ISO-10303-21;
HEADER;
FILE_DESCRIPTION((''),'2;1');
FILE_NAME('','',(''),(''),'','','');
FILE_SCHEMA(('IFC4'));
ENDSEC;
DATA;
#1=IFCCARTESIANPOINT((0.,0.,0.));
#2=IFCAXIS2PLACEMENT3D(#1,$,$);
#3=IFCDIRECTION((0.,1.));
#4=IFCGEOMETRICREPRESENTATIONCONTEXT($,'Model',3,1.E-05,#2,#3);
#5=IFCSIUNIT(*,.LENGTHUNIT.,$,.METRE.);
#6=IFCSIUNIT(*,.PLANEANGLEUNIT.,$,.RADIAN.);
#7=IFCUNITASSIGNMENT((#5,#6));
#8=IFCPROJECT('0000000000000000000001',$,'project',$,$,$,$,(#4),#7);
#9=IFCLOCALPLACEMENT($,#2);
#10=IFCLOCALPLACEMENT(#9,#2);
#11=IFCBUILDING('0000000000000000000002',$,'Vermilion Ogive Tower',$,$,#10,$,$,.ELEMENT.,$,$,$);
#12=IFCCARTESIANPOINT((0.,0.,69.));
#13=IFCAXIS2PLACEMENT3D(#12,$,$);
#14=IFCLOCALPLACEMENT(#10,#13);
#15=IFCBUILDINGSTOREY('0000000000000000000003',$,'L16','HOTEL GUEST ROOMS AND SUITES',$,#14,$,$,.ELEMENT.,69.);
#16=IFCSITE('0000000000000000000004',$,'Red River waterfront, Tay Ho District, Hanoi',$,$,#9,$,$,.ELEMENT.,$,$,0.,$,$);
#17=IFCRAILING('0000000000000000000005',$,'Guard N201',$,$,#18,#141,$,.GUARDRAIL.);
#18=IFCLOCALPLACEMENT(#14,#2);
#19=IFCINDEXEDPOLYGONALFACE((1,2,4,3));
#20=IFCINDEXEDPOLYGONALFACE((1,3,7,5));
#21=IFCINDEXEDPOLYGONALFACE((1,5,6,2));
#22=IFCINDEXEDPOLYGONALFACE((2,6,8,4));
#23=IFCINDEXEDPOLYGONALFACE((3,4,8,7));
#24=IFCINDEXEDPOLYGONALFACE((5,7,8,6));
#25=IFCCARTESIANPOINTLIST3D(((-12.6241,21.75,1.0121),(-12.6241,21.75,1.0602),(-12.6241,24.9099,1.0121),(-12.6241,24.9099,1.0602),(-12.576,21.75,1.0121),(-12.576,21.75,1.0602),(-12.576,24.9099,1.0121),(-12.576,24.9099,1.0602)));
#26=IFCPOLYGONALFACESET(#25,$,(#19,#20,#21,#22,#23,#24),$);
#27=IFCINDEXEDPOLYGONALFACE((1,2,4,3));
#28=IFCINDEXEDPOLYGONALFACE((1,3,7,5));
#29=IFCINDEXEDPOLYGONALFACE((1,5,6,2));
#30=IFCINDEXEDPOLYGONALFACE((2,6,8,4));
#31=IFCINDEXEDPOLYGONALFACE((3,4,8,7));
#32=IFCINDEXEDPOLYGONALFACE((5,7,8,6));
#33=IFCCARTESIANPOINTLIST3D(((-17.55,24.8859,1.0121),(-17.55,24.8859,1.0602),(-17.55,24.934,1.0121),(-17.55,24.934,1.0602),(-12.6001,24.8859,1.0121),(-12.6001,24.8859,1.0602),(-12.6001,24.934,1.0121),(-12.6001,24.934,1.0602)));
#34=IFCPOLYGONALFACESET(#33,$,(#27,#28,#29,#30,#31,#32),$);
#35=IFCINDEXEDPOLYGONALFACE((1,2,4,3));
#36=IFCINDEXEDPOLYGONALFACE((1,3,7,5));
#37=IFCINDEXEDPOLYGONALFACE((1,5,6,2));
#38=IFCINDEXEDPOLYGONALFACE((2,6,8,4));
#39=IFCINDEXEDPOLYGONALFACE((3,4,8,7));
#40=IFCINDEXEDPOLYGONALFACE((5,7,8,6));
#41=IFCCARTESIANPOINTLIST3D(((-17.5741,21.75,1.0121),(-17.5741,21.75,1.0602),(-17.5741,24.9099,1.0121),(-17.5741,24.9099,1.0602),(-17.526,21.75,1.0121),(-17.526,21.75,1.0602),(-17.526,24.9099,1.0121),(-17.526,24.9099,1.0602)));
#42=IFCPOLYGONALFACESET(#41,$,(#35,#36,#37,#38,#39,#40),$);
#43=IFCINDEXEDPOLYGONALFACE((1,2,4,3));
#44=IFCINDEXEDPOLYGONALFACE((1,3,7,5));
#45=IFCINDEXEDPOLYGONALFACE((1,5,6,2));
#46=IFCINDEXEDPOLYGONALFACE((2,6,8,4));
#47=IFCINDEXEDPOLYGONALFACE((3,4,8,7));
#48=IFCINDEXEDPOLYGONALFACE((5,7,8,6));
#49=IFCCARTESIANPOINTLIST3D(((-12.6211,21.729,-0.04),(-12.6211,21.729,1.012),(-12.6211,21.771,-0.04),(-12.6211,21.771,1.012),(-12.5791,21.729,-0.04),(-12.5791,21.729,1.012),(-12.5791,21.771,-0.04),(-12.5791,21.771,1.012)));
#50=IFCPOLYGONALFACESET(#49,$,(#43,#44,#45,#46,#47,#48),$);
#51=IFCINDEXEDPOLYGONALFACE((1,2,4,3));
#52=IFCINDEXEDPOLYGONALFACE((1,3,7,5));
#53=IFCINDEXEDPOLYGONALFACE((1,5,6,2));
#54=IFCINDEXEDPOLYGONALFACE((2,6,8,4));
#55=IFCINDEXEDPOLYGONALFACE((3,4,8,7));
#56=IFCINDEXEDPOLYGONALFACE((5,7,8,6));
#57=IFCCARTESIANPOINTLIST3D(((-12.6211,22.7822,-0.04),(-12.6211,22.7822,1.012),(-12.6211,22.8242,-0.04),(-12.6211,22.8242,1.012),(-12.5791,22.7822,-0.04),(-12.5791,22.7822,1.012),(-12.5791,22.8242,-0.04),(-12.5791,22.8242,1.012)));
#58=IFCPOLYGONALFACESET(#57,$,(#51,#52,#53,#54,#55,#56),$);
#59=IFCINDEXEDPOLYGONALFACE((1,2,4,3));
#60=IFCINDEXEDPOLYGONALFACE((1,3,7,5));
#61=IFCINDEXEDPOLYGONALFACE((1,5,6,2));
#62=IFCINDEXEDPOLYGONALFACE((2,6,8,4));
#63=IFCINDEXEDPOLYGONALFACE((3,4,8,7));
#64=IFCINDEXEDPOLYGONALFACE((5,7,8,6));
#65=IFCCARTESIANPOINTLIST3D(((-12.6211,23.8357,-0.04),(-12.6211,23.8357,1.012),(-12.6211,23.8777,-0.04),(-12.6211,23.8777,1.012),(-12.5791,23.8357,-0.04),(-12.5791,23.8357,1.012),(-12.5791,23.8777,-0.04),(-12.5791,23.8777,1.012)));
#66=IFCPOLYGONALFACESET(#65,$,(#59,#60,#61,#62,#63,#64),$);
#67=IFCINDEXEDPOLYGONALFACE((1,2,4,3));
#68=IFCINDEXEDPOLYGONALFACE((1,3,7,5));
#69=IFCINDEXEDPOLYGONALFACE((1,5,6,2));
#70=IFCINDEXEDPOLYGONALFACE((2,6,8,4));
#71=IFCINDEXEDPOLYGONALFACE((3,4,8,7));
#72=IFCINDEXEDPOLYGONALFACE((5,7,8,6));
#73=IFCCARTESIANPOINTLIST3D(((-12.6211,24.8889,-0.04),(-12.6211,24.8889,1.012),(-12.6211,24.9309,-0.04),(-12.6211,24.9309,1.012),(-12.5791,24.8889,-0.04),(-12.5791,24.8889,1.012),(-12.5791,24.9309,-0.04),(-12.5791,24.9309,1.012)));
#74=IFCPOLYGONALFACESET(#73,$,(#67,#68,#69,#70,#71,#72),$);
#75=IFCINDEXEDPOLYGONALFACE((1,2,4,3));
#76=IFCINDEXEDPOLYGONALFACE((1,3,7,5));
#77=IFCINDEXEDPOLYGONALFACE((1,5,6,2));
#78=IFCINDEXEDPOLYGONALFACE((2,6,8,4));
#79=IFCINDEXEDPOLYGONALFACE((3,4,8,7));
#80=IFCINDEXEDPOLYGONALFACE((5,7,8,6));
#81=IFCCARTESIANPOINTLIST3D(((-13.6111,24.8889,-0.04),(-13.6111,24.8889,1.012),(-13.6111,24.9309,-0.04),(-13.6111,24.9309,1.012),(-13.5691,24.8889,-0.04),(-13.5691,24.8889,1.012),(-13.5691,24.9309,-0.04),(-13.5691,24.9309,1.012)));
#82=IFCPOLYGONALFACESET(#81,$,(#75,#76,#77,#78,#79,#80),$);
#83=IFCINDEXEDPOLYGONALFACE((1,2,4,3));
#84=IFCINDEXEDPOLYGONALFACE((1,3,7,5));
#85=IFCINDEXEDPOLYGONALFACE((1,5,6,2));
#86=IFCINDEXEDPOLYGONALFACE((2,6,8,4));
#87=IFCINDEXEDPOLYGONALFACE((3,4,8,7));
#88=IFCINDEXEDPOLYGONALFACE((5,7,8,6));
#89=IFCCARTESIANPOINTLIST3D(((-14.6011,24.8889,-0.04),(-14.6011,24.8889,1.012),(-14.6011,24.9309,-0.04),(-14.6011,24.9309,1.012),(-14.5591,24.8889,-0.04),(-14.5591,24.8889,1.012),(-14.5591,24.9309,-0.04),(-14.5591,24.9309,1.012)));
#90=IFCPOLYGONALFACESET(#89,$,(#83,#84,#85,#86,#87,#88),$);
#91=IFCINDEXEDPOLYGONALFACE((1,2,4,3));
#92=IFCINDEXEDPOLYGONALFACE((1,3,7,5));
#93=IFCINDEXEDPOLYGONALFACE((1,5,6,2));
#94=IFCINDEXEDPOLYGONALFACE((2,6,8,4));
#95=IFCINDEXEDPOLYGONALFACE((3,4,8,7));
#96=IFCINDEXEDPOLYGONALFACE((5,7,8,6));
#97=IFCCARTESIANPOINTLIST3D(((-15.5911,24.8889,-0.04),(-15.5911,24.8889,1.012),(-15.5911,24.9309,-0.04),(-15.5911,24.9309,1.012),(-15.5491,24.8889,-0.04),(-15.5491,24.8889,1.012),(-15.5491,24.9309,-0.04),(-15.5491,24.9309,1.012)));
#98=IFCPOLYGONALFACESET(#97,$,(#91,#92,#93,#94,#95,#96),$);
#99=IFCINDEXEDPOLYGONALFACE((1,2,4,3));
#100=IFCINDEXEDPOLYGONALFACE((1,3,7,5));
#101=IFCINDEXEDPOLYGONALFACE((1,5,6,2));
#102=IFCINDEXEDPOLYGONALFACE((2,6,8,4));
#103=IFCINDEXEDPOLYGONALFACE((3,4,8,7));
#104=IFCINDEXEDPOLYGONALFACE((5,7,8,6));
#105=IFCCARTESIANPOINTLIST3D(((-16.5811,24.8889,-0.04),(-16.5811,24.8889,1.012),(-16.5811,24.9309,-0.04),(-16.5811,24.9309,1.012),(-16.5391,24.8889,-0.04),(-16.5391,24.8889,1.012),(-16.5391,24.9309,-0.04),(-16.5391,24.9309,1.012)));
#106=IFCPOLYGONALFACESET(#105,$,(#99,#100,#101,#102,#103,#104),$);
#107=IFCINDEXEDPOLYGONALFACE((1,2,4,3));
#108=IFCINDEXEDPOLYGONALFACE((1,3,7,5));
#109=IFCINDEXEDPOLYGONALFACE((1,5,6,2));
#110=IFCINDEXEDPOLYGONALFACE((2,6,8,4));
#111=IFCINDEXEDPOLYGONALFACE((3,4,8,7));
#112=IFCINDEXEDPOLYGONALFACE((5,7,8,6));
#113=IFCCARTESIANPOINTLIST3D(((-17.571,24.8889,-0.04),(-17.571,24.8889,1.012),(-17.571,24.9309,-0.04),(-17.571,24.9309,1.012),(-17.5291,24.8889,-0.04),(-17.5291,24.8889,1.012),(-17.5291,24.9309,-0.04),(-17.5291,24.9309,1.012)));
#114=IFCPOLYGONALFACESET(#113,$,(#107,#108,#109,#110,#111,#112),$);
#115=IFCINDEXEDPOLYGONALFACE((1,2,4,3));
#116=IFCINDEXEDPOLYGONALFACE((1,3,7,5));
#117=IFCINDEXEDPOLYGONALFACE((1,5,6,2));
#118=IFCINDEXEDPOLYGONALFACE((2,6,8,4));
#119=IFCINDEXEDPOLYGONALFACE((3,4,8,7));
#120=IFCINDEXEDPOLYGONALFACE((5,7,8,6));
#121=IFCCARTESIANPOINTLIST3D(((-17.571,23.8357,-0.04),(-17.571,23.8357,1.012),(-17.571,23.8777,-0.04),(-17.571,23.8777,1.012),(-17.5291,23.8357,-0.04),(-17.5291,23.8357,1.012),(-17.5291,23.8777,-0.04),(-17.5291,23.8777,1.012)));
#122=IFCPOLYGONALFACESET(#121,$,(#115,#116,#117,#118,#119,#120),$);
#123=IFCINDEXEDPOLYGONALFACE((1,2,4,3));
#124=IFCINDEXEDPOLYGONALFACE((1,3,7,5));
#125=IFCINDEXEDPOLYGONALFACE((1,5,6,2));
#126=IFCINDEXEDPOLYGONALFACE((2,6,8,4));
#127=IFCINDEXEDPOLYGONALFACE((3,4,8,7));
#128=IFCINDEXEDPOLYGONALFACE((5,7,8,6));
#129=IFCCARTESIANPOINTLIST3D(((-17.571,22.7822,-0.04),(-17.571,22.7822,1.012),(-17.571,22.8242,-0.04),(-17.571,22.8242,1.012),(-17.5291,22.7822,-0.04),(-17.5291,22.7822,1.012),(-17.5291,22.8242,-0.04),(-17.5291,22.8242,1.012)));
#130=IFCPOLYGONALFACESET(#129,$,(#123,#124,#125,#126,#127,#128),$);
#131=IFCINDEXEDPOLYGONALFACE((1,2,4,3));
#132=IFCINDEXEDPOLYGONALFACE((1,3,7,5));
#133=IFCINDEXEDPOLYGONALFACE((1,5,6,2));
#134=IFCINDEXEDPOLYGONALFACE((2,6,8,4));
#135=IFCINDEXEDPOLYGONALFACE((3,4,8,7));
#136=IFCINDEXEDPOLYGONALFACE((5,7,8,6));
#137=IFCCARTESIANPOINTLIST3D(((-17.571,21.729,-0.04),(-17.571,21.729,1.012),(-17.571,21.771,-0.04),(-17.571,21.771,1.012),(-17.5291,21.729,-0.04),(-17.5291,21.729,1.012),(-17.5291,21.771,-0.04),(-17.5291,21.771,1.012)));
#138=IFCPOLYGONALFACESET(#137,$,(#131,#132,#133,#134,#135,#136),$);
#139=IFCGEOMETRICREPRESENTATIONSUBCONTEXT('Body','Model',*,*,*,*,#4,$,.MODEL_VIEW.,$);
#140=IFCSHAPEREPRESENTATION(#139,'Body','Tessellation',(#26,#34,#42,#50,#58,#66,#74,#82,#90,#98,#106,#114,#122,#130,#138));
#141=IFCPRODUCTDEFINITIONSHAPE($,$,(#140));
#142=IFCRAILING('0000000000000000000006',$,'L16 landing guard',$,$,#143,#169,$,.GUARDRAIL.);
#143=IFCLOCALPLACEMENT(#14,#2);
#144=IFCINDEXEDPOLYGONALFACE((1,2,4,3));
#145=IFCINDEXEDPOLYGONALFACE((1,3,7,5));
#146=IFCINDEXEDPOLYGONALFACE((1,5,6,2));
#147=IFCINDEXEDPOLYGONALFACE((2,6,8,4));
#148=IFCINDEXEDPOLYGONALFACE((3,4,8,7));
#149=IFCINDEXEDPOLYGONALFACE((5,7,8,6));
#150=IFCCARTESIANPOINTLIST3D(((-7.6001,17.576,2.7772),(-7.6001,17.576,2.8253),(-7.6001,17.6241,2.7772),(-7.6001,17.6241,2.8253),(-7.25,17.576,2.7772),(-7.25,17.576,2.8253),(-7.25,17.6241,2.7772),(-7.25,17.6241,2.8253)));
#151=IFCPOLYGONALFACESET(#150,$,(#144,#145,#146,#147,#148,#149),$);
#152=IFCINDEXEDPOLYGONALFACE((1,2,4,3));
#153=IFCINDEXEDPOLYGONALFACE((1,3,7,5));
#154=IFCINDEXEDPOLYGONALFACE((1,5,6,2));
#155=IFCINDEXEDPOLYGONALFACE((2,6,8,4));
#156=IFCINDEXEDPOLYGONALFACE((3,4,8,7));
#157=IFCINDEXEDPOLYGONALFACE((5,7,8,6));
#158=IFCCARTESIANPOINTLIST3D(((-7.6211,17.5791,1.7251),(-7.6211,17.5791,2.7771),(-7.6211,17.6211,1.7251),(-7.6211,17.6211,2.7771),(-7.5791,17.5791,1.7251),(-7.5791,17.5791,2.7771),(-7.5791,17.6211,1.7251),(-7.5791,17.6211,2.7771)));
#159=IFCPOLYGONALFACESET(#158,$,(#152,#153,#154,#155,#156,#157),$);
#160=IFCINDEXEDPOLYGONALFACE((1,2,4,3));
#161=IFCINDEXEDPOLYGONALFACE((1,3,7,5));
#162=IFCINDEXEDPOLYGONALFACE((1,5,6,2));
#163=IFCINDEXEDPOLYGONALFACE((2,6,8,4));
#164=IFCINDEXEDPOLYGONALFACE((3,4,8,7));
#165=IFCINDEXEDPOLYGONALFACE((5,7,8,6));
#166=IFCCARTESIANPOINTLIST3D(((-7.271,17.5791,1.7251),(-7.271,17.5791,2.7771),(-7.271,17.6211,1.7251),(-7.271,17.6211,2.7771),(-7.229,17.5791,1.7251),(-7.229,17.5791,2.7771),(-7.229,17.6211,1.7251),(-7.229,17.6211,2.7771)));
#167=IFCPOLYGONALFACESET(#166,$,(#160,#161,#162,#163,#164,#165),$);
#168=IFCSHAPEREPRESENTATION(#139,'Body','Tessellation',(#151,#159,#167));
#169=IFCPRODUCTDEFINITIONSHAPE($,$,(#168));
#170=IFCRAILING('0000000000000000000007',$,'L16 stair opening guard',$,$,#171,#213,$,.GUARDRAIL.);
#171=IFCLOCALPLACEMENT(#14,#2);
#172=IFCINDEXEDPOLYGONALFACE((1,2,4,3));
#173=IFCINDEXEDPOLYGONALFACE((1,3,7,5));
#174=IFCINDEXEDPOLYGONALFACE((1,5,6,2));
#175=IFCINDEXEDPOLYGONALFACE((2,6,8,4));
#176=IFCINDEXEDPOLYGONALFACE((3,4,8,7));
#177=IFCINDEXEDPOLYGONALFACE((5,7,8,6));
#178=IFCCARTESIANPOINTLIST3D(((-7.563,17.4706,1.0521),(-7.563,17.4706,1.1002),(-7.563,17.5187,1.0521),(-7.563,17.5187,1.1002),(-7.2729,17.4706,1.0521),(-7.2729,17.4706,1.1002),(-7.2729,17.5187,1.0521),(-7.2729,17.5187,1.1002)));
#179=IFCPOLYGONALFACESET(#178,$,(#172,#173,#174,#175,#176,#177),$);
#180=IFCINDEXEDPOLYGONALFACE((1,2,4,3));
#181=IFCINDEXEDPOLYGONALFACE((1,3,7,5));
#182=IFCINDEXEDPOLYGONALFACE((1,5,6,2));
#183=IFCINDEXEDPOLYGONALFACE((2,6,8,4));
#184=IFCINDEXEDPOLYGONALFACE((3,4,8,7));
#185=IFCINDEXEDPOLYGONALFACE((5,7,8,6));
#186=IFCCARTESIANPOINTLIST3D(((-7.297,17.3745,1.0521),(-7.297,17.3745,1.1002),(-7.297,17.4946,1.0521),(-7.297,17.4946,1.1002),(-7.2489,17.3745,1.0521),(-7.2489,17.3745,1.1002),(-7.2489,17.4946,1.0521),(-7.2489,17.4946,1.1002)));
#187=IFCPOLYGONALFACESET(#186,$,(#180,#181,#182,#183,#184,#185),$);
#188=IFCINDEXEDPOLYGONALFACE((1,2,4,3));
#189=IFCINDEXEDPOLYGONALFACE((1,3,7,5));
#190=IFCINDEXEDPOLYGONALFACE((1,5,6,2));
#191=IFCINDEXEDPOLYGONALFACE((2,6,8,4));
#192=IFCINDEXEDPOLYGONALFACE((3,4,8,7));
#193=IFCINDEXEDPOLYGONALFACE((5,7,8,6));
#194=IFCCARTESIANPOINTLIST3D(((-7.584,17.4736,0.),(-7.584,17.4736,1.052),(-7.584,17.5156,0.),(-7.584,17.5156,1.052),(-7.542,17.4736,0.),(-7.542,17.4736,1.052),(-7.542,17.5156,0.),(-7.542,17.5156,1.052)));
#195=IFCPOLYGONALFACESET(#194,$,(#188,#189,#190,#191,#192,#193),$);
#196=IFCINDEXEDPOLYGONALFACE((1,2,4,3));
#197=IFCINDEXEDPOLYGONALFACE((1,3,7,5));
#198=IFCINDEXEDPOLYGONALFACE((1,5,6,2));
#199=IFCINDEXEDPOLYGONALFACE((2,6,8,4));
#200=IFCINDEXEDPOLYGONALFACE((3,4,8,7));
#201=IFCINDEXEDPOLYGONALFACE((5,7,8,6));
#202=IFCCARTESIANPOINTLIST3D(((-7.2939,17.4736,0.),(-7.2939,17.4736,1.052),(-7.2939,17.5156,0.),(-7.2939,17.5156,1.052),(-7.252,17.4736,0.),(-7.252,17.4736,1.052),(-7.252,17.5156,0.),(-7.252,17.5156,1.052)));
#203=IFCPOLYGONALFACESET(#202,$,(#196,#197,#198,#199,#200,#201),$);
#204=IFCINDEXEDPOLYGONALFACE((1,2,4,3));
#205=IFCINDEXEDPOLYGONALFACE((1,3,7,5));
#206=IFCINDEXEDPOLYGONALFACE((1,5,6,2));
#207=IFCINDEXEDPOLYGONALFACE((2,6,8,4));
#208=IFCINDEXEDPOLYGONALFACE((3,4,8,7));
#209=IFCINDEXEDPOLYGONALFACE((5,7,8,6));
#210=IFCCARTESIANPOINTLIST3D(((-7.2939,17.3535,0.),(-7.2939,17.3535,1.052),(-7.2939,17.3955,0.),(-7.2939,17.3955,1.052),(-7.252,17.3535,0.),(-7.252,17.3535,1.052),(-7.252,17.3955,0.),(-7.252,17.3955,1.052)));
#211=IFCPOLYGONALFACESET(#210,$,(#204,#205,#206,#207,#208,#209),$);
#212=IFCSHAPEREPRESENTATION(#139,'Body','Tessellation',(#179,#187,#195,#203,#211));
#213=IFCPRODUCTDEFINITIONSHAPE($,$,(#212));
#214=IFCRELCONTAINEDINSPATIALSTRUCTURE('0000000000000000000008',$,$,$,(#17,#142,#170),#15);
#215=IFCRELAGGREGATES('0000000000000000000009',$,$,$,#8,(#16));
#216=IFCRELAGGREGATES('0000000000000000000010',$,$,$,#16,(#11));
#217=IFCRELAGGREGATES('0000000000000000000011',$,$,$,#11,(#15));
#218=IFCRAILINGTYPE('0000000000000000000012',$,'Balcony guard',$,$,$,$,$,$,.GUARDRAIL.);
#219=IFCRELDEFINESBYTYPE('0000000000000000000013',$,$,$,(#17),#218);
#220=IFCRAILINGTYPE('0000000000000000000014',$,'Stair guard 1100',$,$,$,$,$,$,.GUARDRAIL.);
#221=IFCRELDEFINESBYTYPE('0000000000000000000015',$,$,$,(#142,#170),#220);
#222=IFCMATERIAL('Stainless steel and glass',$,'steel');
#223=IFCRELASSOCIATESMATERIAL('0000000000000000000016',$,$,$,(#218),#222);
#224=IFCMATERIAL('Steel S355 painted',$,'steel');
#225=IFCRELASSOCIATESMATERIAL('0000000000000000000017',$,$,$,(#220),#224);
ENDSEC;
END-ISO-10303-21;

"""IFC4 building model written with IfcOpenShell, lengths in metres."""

from ifc_helpers import new_model, si_unit, direction, frame, origin, origin_2d, place, context, subcontext, project, spatial, rectangle, extrude, material, type_object, element, save


model = new_model("IFC4")

# Units and contexts
model_context = context("Model", 3, precision=1e-05, world=origin(), true_north=direction((0.0, 1.0)))
body_context = subcontext(model_context, "Body", "Model", "MODEL_VIEW")
ifc_project = project(units=[si_unit("LENGTHUNIT", "METRE"), si_unit("PLANEANGLEUNIT", "RADIAN")], contexts=[model_context])

# Site, building, storey
site_placement = place(None, origin())
site = spatial("IfcSite", under=ifc_project, at=site_placement, Name="Red River waterfront, Tay Ho District, Hanoi", CompositionType="ELEMENT", RefElevation=0.0)
building_placement = place(site_placement, origin())
building = spatial("IfcBuilding", under=site, at=building_placement, Name="Vermilion Ogive Tower", CompositionType="ELEMENT")
storey_placement = place(building_placement, frame((0.0, 0.0, 69.0)))
storey = spatial("IfcBuildingStorey", under=building, at=storey_placement, Name="L16", Description="HOTEL GUEST ROOMS AND SUITES", CompositionType="ELEMENT", Elevation=69.0)

# Railings
ifc_material_1 = material(Name="Stainless steel and glass", Category="steel")
railing_type_1 = type_object("IfcRailingType", Name="Balcony guard", PredefinedType="GUARDRAIL", material=ifc_material_1)
railing_1_placement = place(storey_placement, frame((-12.6001, 21.75, -0.04)))
element("IfcRailing", 1, at=railing_1_placement, inside=storey, type_object=railing_type_1, Name="Guard N201", PredefinedType="GUARDRAIL", context=body_context, shape_type="SweptSolid", body=[
    extrude(rectangle(XDim=0.0481, YDim=0.0481, at=origin_2d()), frame((0.0, 0.0, 1.0762), z_axis=(0.0, 1.0, 0.0), x_axis=(-1.0, 0.0, 0.0)), (0.0, 0.0, 1.0), 3.1599),
    extrude(rectangle(XDim=0.0481, YDim=0.0481, at=origin_2d()), frame((0.0, 3.1599, 1.0762), z_axis=(-1.0, 0.0, 0.0), x_axis=(0.0, -1.0, 0.0)), (0.0, 0.0, 1.0), 4.95),
    extrude(rectangle(XDim=0.0481, YDim=0.0481, at=origin_2d()), frame((-4.95, 3.1599, 1.0762), z_axis=(0.0, -1.0, 0.0), x_axis=(1.0, 0.0, 0.0)), (0.0, 0.0, 1.0), 3.1599),
    extrude(rectangle(XDim=0.042, YDim=0.042, at=origin_2d()), origin(), (0.0, 0.0, 1.0), 1.052),
    extrude(rectangle(XDim=0.042, YDim=0.042, at=origin_2d()), frame((0.0, 1.0532, 0.0)), (0.0, 0.0, 1.0), 1.052),
    extrude(rectangle(XDim=0.042, YDim=0.042, at=origin_2d()), frame((0.0, 2.1067, 0.0)), (0.0, 0.0, 1.0), 1.052),
    extrude(rectangle(XDim=0.042, YDim=0.042, at=origin_2d()), frame((0.0, 3.1599, 0.0)), (0.0, 0.0, 1.0), 1.052),
    extrude(rectangle(XDim=0.042, YDim=0.042, at=origin_2d()), frame((-0.99, 3.1599, 0.0)), (0.0, 0.0, 1.0), 1.052),
    extrude(rectangle(XDim=0.042, YDim=0.042, at=origin_2d()), frame((-1.98, 3.1599, 0.0)), (0.0, 0.0, 1.0), 1.052),
    extrude(rectangle(XDim=0.042, YDim=0.042, at=origin_2d()), frame((-2.97, 3.1599, 0.0)), (0.0, 0.0, 1.0), 1.052),
    extrude(rectangle(XDim=0.042, YDim=0.042, at=origin_2d()), frame((-3.96, 3.1599, 0.0)), (0.0, 0.0, 1.0), 1.052),
    extrude(rectangle(XDim=0.042, YDim=0.042, at=origin_2d()), frame((-4.95, 3.1599, 0.0)), (0.0, 0.0, 1.0), 1.052),
    extrude(rectangle(XDim=0.042, YDim=0.042, at=origin_2d()), frame((-4.95, 2.1067, 0.0)), (0.0, 0.0, 1.0), 1.052),
    extrude(rectangle(XDim=0.042, YDim=0.042, at=origin_2d()), frame((-4.95, 1.0532, 0.0)), (0.0, 0.0, 1.0), 1.052),
    extrude(rectangle(XDim=0.042, YDim=0.042, at=origin_2d()), frame((-4.95, 0.0, 0.0)), (0.0, 0.0, 1.0), 1.052),
])
ifc_material_2 = material(Name="Steel S355 painted", Category="steel")
railing_type_2 = type_object("IfcRailingType", Name="Stair guard 1100", PredefinedType="GUARDRAIL", material=ifc_material_2)
railing_2_placement = place(storey_placement, frame((-7.6001, 17.6001, 1.7251)))
element("IfcRailing", 2, at=railing_2_placement, inside=storey, type_object=railing_type_2, Name="L16 landing guard", PredefinedType="GUARDRAIL", context=body_context, shape_type="SweptSolid", body=[
    extrude(rectangle(XDim=0.0481, YDim=0.0481, at=origin_2d()), frame((0.0, 0.0, 1.0762), z_axis=(1.0, 0.0, 0.0), x_axis=(0.0, 1.0, 0.0)), (0.0, 0.0, 1.0), 0.3501),
    extrude(rectangle(XDim=0.042, YDim=0.042, at=origin_2d()), origin(), (0.0, 0.0, 1.0), 1.052),
    extrude(rectangle(XDim=0.042, YDim=0.042, at=origin_2d()), frame((0.3501, 0.0, 0.0)), (0.0, 0.0, 1.0), 1.052),
])
railing_3_placement = place(storey_placement, frame((-7.563, 17.4946, 0.0)))
element("IfcRailing", 3, at=railing_3_placement, inside=storey, type_object=railing_type_2, Name="L16 stair opening guard", PredefinedType="GUARDRAIL", context=body_context, shape_type="SweptSolid", body=[
    extrude(rectangle(XDim=0.0481, YDim=0.0481, at=origin_2d()), frame((0.0, 0.0, 1.0762), z_axis=(1.0, 0.0, 0.0), x_axis=(0.0, 1.0, 0.0)), (0.0, 0.0, 1.0), 0.29),
    extrude(rectangle(XDim=0.0481, YDim=0.0481, at=origin_2d()), frame((0.29, 0.0, 1.0762), z_axis=(0.0, -1.0, 0.0), x_axis=(1.0, 0.0, 0.0)), (0.0, 0.0, 1.0), 0.1201),
    extrude(rectangle(XDim=0.042, YDim=0.042, at=origin_2d()), origin(), (0.0, 0.0, 1.0), 1.052),
    extrude(rectangle(XDim=0.042, YDim=0.042, at=origin_2d()), frame((0.29, 0.0, 0.0)), (0.0, 0.0, 1.0), 1.052),
    extrude(rectangle(XDim=0.042, YDim=0.042, at=origin_2d()), frame((0.29, -0.1201, 0.0)), (0.0, 0.0, 1.0), 1.052),
])

save(model, "model.ifc")
